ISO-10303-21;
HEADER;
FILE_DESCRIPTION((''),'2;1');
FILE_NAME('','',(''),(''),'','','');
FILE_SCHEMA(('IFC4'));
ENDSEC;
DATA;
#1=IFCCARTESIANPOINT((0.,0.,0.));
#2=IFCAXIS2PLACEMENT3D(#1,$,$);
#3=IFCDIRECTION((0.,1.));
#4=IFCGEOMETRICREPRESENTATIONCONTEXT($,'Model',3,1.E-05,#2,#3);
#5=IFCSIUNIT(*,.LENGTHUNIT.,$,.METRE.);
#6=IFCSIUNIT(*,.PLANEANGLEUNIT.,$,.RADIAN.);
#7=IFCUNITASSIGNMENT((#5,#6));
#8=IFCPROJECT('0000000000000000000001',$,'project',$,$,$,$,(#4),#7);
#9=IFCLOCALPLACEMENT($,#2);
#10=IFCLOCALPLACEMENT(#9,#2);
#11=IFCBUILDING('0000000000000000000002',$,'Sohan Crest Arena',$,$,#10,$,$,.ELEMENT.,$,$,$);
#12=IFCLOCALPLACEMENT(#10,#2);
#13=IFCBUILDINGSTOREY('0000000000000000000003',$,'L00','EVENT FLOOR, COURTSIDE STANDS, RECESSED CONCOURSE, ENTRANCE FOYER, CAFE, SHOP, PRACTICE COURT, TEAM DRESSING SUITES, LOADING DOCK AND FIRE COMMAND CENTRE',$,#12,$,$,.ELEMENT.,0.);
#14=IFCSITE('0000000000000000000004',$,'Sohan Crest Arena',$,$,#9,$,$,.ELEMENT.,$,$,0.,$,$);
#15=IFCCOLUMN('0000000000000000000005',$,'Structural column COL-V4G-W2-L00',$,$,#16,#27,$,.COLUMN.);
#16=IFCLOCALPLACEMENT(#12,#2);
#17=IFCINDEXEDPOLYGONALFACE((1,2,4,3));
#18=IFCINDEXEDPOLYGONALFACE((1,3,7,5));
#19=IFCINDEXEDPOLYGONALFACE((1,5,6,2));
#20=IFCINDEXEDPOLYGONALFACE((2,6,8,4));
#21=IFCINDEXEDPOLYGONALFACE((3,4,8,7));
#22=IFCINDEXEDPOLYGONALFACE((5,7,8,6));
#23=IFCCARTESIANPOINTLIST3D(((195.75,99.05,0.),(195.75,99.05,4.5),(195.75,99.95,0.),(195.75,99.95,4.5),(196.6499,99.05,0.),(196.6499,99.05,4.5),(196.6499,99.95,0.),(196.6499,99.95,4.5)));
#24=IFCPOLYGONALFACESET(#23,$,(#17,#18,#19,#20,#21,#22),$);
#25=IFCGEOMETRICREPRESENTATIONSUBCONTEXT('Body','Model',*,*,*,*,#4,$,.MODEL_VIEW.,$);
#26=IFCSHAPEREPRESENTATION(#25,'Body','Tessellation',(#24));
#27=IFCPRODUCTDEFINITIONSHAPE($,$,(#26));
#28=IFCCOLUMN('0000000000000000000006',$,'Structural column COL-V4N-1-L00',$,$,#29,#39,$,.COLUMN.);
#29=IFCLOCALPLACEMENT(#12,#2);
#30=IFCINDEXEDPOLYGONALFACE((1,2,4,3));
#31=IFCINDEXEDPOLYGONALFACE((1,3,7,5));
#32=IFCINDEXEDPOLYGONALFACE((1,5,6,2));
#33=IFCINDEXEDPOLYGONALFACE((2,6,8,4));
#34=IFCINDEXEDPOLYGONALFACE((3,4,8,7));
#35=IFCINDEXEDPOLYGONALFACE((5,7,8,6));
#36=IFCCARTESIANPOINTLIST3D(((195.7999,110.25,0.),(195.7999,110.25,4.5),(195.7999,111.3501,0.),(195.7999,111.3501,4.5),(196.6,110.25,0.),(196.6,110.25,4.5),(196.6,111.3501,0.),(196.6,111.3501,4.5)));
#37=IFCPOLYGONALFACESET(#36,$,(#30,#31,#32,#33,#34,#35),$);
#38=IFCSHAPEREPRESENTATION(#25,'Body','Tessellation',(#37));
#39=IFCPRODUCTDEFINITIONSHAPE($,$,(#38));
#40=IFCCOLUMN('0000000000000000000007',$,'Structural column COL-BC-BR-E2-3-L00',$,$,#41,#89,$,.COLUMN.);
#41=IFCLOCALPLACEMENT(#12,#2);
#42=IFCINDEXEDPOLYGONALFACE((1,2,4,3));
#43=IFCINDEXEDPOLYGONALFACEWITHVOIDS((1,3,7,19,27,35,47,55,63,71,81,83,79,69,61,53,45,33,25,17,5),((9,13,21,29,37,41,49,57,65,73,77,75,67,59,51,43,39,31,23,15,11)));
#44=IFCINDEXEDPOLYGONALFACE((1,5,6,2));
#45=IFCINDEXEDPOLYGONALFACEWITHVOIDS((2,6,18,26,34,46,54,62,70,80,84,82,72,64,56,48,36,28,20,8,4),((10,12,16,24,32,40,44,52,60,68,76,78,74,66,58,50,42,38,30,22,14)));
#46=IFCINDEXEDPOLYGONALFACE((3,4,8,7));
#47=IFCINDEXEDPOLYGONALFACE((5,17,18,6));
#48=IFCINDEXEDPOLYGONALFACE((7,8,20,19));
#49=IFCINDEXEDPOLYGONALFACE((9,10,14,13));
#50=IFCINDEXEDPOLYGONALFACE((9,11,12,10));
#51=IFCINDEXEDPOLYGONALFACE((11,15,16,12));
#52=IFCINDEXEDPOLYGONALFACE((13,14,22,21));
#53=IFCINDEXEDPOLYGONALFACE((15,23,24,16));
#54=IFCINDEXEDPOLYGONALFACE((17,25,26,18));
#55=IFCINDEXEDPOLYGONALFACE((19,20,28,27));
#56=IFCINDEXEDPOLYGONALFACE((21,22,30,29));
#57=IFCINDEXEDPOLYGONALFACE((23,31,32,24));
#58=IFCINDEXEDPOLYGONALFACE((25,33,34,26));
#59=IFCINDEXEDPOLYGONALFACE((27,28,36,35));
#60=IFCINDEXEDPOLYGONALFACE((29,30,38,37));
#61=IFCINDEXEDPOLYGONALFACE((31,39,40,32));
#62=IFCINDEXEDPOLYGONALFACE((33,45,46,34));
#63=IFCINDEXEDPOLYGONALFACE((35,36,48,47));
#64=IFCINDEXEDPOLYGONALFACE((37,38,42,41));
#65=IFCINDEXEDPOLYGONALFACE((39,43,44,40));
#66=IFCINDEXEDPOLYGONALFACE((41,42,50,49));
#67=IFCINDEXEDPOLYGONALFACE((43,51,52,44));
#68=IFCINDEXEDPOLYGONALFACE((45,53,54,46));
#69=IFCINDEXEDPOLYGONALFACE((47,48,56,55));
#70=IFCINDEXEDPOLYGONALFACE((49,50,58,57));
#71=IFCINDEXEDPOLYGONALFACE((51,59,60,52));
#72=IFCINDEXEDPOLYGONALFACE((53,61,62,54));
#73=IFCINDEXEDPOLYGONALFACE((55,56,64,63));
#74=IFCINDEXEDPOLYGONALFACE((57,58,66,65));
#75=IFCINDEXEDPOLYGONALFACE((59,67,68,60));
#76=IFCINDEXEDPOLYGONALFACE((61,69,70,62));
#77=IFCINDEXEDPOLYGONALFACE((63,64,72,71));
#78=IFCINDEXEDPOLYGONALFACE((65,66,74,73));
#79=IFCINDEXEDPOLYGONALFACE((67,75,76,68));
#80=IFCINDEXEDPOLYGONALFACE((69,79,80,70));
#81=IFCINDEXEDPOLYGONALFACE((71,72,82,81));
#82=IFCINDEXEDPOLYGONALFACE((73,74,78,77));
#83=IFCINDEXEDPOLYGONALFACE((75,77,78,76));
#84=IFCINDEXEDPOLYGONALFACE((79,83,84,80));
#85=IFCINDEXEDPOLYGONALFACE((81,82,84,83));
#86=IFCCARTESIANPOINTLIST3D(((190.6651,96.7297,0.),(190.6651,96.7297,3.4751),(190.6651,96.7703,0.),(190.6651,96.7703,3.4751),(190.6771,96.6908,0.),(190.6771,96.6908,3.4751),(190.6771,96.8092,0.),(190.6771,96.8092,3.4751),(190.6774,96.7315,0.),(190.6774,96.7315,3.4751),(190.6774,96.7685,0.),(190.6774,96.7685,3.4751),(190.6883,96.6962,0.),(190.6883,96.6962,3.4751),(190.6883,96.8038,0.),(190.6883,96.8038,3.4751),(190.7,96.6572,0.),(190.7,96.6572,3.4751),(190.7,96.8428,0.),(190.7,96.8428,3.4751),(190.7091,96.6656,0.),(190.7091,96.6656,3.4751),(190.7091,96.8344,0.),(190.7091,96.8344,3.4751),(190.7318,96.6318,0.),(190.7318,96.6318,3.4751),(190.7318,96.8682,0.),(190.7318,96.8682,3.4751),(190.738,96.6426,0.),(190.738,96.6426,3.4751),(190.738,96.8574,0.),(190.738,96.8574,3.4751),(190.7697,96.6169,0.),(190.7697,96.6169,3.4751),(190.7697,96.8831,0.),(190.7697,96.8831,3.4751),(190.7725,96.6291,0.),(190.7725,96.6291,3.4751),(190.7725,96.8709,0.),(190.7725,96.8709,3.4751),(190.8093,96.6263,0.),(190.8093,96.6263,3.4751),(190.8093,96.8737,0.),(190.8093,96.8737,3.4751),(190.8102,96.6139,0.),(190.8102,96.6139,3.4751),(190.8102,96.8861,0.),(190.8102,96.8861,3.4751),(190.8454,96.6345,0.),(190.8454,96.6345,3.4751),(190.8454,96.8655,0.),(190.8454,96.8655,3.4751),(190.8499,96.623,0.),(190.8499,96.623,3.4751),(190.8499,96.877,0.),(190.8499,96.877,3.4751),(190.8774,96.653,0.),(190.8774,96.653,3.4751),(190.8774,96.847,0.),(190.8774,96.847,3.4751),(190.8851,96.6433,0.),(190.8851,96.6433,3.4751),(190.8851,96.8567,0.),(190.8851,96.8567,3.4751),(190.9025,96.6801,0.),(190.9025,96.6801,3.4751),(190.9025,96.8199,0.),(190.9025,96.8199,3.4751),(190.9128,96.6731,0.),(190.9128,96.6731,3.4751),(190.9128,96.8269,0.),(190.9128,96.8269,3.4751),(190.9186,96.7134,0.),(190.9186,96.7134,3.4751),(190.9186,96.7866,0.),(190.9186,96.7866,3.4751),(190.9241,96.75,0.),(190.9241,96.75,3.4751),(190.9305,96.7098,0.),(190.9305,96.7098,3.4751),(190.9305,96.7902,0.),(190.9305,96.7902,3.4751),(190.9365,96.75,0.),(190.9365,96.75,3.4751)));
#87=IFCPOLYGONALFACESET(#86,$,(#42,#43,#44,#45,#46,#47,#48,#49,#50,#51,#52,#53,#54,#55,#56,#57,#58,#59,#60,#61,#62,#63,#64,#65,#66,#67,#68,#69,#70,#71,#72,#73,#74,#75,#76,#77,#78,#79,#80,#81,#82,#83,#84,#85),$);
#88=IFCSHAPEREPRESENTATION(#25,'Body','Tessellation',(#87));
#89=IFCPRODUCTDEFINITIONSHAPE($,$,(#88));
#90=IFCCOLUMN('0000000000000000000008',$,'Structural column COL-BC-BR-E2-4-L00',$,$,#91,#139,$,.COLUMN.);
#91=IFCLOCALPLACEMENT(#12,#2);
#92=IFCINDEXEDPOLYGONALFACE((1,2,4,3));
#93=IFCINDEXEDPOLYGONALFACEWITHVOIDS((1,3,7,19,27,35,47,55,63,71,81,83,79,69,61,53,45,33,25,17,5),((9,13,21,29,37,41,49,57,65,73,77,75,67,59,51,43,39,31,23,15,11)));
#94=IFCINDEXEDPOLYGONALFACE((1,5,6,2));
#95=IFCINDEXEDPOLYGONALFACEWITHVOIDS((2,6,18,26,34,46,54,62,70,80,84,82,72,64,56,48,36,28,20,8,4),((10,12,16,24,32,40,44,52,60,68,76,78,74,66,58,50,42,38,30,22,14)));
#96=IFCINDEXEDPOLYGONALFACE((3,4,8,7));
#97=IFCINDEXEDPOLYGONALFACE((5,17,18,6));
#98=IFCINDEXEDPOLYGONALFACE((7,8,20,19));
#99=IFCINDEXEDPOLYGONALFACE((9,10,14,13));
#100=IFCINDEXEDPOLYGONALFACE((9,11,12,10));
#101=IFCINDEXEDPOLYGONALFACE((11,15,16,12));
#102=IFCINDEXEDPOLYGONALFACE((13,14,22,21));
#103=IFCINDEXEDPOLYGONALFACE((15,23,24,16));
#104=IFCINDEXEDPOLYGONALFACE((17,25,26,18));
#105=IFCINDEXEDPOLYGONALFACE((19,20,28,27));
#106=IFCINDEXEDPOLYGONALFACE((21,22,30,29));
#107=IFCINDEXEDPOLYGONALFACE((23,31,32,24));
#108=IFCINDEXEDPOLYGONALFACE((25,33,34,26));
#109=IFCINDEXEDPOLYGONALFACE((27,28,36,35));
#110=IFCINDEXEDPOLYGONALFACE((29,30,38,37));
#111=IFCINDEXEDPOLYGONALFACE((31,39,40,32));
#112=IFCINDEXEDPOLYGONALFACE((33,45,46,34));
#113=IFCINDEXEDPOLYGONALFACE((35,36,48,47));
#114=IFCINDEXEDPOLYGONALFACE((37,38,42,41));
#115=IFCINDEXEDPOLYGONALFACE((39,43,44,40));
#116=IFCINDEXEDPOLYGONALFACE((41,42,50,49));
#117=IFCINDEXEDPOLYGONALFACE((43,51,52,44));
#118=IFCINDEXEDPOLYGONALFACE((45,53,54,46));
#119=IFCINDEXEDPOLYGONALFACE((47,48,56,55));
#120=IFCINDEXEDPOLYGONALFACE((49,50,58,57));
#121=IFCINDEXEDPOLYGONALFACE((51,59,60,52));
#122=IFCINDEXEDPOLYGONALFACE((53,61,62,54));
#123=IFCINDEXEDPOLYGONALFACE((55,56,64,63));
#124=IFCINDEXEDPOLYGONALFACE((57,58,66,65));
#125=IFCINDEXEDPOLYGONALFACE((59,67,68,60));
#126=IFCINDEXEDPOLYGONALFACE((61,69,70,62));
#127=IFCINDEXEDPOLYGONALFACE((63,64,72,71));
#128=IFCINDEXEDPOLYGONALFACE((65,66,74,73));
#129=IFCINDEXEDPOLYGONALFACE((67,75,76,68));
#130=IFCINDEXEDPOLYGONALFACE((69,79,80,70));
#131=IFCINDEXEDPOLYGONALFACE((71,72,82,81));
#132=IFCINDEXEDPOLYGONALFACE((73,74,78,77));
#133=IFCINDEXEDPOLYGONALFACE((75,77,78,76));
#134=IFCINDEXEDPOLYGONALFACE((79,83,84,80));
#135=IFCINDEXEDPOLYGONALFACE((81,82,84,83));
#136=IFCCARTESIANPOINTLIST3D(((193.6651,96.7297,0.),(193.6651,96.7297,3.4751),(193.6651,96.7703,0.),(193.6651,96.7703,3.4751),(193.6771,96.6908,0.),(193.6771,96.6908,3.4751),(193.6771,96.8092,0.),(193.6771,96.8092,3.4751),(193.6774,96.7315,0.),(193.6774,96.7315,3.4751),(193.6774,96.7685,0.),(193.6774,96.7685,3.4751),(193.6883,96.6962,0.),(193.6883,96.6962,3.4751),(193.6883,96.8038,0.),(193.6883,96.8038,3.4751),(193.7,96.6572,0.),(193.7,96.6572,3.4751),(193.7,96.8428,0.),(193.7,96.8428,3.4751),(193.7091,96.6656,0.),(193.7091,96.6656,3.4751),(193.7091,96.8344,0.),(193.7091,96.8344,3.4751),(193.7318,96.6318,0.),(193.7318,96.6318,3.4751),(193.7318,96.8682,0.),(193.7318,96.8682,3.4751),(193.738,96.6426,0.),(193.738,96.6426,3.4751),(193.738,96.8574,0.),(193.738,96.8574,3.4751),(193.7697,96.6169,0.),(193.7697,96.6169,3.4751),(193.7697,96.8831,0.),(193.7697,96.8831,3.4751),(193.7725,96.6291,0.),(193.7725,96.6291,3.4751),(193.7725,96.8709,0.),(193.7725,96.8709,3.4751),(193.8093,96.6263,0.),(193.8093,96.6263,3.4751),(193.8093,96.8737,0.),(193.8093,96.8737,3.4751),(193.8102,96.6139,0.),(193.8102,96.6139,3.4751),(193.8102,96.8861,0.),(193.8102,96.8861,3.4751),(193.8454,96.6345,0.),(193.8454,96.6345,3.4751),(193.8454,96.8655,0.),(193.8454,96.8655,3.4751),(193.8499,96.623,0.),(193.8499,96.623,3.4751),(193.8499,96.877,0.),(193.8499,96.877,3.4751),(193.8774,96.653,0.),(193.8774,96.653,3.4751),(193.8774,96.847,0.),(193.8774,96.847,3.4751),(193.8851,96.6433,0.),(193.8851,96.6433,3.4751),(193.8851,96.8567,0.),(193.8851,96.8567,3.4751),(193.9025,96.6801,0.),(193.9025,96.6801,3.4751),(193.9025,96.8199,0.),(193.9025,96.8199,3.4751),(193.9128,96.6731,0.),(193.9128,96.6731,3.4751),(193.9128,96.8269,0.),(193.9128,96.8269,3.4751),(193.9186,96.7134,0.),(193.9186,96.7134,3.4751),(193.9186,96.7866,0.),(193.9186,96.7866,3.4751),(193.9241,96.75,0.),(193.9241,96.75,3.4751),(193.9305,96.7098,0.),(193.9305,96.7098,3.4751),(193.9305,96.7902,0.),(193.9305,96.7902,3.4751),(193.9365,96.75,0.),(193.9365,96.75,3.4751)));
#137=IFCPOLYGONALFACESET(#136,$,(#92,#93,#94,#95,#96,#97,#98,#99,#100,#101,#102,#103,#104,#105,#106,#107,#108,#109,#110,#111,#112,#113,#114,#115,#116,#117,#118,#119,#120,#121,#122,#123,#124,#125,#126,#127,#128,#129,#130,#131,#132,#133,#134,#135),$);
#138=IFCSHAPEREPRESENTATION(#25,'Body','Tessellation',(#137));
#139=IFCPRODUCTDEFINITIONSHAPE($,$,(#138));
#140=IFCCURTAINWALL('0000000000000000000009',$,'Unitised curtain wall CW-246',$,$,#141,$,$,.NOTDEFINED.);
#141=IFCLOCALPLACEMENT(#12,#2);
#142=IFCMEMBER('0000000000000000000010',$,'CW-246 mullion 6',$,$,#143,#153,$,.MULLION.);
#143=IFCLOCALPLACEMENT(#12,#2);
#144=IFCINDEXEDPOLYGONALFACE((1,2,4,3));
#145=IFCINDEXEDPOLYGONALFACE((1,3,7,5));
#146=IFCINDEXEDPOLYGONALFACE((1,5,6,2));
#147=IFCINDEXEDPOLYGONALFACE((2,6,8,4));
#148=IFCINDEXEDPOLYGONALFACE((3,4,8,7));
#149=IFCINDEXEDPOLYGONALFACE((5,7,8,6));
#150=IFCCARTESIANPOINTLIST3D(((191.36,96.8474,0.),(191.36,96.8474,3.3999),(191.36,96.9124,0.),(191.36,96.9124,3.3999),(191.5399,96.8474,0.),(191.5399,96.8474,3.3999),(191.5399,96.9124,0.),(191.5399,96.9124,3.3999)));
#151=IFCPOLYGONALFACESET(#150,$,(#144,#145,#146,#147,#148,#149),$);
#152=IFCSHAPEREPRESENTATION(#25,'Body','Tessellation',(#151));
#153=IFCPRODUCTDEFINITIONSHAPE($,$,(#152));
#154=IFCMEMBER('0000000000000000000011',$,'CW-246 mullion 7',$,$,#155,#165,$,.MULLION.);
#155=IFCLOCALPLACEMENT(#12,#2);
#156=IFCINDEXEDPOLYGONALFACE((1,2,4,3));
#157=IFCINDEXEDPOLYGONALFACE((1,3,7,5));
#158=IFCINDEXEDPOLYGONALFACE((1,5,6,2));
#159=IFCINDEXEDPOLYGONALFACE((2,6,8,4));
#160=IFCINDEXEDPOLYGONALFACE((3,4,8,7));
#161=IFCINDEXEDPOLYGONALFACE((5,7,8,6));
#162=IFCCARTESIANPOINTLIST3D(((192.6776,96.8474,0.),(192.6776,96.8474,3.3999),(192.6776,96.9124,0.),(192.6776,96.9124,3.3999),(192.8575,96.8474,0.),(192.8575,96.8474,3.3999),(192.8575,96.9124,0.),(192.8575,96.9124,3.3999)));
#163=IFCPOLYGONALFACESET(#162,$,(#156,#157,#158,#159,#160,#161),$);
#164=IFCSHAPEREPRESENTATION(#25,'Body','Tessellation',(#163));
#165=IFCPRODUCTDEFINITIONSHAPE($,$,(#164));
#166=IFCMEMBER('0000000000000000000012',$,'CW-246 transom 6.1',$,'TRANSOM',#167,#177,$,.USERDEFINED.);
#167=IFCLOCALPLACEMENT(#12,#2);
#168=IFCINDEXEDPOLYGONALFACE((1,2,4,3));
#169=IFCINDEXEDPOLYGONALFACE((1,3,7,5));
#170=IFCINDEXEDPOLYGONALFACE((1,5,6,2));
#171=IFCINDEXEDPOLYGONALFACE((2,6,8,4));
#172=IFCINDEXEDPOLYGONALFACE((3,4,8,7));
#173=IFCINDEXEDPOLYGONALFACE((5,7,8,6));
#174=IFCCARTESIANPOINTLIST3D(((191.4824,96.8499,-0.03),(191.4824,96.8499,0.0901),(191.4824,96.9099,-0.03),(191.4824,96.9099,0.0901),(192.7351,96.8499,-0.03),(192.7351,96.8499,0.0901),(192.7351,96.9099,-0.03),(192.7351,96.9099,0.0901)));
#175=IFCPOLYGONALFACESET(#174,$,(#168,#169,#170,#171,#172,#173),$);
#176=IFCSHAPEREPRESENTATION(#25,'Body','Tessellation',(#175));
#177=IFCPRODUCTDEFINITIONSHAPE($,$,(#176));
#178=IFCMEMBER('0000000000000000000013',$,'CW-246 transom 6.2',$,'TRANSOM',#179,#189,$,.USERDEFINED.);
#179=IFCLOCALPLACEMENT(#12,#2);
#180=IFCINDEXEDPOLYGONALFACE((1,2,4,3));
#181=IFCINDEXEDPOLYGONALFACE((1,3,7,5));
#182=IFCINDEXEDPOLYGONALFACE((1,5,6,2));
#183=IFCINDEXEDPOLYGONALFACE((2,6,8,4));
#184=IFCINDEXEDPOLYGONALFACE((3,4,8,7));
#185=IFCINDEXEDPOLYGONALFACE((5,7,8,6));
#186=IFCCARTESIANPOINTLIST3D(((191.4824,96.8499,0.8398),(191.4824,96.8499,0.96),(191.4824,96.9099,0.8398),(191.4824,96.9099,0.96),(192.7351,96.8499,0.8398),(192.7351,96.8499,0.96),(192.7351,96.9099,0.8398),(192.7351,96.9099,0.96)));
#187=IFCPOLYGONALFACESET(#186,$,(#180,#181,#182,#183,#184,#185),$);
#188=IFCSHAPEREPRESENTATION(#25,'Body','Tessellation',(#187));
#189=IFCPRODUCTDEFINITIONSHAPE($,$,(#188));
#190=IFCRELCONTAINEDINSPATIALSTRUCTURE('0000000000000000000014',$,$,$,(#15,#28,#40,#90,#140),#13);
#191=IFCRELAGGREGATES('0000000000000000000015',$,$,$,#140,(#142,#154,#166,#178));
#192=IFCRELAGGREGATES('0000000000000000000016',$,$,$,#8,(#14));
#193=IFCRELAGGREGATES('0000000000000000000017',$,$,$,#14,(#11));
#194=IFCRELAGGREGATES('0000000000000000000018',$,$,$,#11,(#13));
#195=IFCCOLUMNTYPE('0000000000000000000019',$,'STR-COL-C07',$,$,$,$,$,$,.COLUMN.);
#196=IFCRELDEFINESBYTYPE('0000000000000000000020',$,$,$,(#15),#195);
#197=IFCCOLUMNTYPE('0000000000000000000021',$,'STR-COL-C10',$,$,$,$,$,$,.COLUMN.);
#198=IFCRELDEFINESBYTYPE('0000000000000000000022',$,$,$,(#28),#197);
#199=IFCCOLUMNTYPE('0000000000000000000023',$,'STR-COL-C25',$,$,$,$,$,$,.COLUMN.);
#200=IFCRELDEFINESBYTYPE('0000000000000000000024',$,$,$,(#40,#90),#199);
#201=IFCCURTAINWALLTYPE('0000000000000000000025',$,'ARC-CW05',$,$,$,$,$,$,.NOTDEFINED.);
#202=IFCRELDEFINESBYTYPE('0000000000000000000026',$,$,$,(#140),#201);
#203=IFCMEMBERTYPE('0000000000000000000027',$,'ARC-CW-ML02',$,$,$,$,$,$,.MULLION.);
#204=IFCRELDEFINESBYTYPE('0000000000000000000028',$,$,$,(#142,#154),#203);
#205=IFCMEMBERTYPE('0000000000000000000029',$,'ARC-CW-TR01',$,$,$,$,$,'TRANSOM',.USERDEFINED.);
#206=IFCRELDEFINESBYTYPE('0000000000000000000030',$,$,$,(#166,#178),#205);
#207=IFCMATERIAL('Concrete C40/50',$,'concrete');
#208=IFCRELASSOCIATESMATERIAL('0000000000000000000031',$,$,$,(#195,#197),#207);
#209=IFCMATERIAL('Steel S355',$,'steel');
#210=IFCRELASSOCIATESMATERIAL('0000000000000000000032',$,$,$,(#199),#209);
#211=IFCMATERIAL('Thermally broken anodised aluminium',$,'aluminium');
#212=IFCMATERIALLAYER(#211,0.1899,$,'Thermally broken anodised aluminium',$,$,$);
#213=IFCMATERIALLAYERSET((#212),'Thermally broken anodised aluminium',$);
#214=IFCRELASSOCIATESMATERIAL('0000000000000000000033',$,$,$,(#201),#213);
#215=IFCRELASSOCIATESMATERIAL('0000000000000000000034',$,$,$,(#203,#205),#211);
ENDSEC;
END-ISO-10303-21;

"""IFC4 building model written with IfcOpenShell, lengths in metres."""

from ifc_helpers import new_model, si_unit, direction, frame, origin, origin_2d, place, context, subcontext, project, spatial, rectangle, hollow_circle, extrude, material, layer, layer_set, material_profile, profile_set, type_object, element, aggregate, save


model = new_model("IFC4")

# Units and contexts
model_context = context("Model", 3, precision=1e-05, world=origin(), true_north=direction((0.0, 1.0)))
body_context = subcontext(model_context, "Body", "Model", "MODEL_VIEW")
ifc_project = project(units=[si_unit("LENGTHUNIT", "METRE"), si_unit("PLANEANGLEUNIT", "RADIAN")], contexts=[model_context])

# Site, building, storey
site_placement = place(None, origin())
site = spatial("IfcSite", under=ifc_project, at=site_placement, Name="Sohan Crest Arena", CompositionType="ELEMENT", RefElevation=0.0)
building_placement = place(site_placement, origin())
building = spatial("IfcBuilding", under=site, at=building_placement, Name="Sohan Crest Arena", CompositionType="ELEMENT")
storey_placement = place(building_placement, origin())
storey = spatial("IfcBuildingStorey", under=building, at=storey_placement, Name="L00", Description="EVENT FLOOR, COURTSIDE STANDS, RECESSED CONCOURSE, ENTRANCE FOYER, CAFE, SHOP, PRACTICE COURT, TEAM DRESSING SUITES, LOADING DOCK AND FIRE COMMAND CENTRE", CompositionType="ELEMENT", Elevation=0.0)

# Columns
ifc_material_1 = material(Name="Concrete C40/50", Category="concrete")
ifc_material_profile_1 = material_profile(ifc_material_1, rectangle(XDim=0.8999, YDim=0.8999, at=origin_2d()), Name="RC 900x900")
ifc_profile_set_1 = profile_set([ifc_material_profile_1], Name="Concrete C40/50")
column_type_1 = type_object("IfcColumnType", Name="STR-COL-C07", PredefinedType="COLUMN", material=ifc_profile_set_1)
column_1_placement = place(storey_placement, frame((196.2, 99.5, 0.0), z_axis=(0.0, 0.0, 1.0), x_axis=(1.0, 0.0, 0.0)))
element("IfcColumn", 1, at=column_1_placement, inside=storey, type_object=column_type_1, Name="Structural column COL-V4G-W2-L00", PredefinedType="COLUMN", context=body_context, shape_type="SweptSolid", body=[
    extrude(rectangle(XDim=0.8999, YDim=0.8999, at=origin_2d()), origin(), (0.0, 0.0, 1.0), 4.5),
])
ifc_material_profile_2 = material_profile(ifc_material_1, rectangle(XDim=1.1001, YDim=0.8, at=origin_2d()), Name="RC 1100x800")
ifc_profile_set_2 = profile_set([ifc_material_profile_2], Name="Concrete C40/50")
column_type_2 = type_object("IfcColumnType", Name="STR-COL-C10", PredefinedType="COLUMN", material=ifc_profile_set_2)
column_2_placement = place(storey_placement, frame((196.2, 110.8, 0.0), z_axis=(0.0, 0.0, 1.0), x_axis=(0.0, 1.0, 0.0)))
element("IfcColumn", 2, at=column_2_placement, inside=storey, type_object=column_type_2, Name="Structural column COL-V4N-1-L00", PredefinedType="COLUMN", context=body_context, shape_type="SweptSolid", body=[
    extrude(rectangle(XDim=1.1001, YDim=0.8, at=origin_2d()), origin(), (0.0, 0.0, 1.0), 4.5),
])
ifc_material_2 = material(Name="Steel S355", Category="steel")
ifc_material_profile_3 = material_profile(ifc_material_2, hollow_circle(Radius=0.1365, WallThickness=0.0125, at=origin_2d()), Name="CHS 273x12.5")
ifc_profile_set_3 = profile_set([ifc_material_profile_3], Name="Steel S355")
column_type_3 = type_object("IfcColumnType", Name="STR-COL-C25", PredefinedType="COLUMN", material=ifc_profile_set_3)
for number, where, z_axis, x_axis, name in (
    (3, (190.8, 96.75, 0.0), (0.0, 0.0, 1.0), (1.0, 0.0, 0.0), "Structural column COL-BC-BR-E2-3-L00"),
    (4, (193.8, 96.75, 0.0), (0.0, 0.0, 1.0), (1.0, 0.0, 0.0), "Structural column COL-BC-BR-E2-4-L00"),
):
    element("IfcColumn", number, at=place(storey_placement, frame(where, z_axis=z_axis, x_axis=x_axis)), inside=storey, type_object=column_type_3, Name=name, PredefinedType="COLUMN", context=body_context, shape_type="SweptSolid", body=[
        extrude(hollow_circle(Radius=0.1365, WallThickness=0.0125, at=origin_2d()), origin(), (0.0, 0.0, 1.0), 3.4751),
    ])

# Curtain wall, members
ifc_material_3 = material(Name="Thermally broken anodised aluminium", Category="aluminium")
ifc_layer_1 = layer(ifc_material_3, 0.1899, Name="Thermally broken anodised aluminium")
ifc_layer_set_1 = layer_set([ifc_layer_1], Name="Thermally broken anodised aluminium")
curtain_wall_type = type_object("IfcCurtainWallType", Name="ARC-CW05", PredefinedType="NOTDEFINED", material=ifc_layer_set_1)
curtain_wall_placement = place(storey_placement, origin())
curtain_wall = element("IfcCurtainWall", 5, at=curtain_wall_placement, inside=storey, type_object=curtain_wall_type, Name="Unitised curtain wall CW-246", PredefinedType="NOTDEFINED")
ifc_material_profile_4 = material_profile(ifc_material_3, rectangle(XDim=0.0649, YDim=0.1799, at=origin_2d()), Name="ALU-MULL 65x180")
ifc_profile_set_4 = profile_set([ifc_material_profile_4], Name="Thermally broken anodised aluminium")
member_type_1 = type_object("IfcMemberType", Name="ARC-CW-ML02", PredefinedType="MULLION", material=ifc_profile_set_4)
member_1_placement = place(storey_placement, frame((191.45, 96.8799, 0.0), z_axis=(0.0, 0.0, 1.0), x_axis=(0.0, 1.0, 0.0)))
member_1 = element("IfcMember", 6, at=member_1_placement, type_object=member_type_1, Name="CW-246 mullion 6", PredefinedType="MULLION", context=body_context, shape_type="SweptSolid", body=[
    extrude(rectangle(XDim=0.0649, YDim=0.1799, at=origin_2d()), origin(), (0.0, 0.0, 1.0), 3.3999),
])
member_2_placement = place(storey_placement, frame((192.7676, 96.8799, 0.0), z_axis=(0.0, 0.0, 1.0), x_axis=(0.0, 1.0, 0.0)))
member_2 = element("IfcMember", 7, at=member_2_placement, type_object=member_type_1, Name="CW-246 mullion 7", PredefinedType="MULLION", context=body_context, shape_type="SweptSolid", body=[
    extrude(rectangle(XDim=0.0649, YDim=0.1799, at=origin_2d()), origin(), (0.0, 0.0, 1.0), 3.3999),
])
ifc_material_profile_5 = material_profile(ifc_material_3, rectangle(XDim=0.0601, YDim=0.1201, at=origin_2d()), Name="ALU-TRAN 60x120")
ifc_profile_set_5 = profile_set([ifc_material_profile_5], Name="Thermally broken anodised aluminium")
member_type_2 = type_object("IfcMemberType", Name="ARC-CW-TR01", ElementType="TRANSOM", PredefinedType="USERDEFINED", material=ifc_profile_set_5)
member_3_placement = place(storey_placement, frame((191.4824, 96.8799, 0.03), z_axis=(1.0, 0.0, 0.0), x_axis=(0.0, 1.0, 0.0)))
member_3 = element("IfcMember", 8, at=member_3_placement, type_object=member_type_2, Name="CW-246 transom 6.1", ObjectType="TRANSOM", PredefinedType="USERDEFINED", context=body_context, shape_type="SweptSolid", body=[
    extrude(rectangle(XDim=0.0601, YDim=0.1201, at=origin_2d()), origin(), (0.0, 0.0, 1.0), 1.2527),
])
member_4_placement = place(storey_placement, frame((191.4824, 96.8799, 0.8999), z_axis=(1.0, 0.0, 0.0), x_axis=(0.0, 1.0, 0.0)))
member_4 = element("IfcMember", 9, at=member_4_placement, type_object=member_type_2, Name="CW-246 transom 6.2", ObjectType="TRANSOM", PredefinedType="USERDEFINED", context=body_context, shape_type="SweptSolid", body=[
    extrude(rectangle(XDim=0.0601, YDim=0.1201, at=origin_2d()), origin(), (0.0, 0.0, 1.0), 1.2527),
])

aggregate(curtain_wall, [member_1, member_2, member_3, member_4])

save(model, "model.ifc")
